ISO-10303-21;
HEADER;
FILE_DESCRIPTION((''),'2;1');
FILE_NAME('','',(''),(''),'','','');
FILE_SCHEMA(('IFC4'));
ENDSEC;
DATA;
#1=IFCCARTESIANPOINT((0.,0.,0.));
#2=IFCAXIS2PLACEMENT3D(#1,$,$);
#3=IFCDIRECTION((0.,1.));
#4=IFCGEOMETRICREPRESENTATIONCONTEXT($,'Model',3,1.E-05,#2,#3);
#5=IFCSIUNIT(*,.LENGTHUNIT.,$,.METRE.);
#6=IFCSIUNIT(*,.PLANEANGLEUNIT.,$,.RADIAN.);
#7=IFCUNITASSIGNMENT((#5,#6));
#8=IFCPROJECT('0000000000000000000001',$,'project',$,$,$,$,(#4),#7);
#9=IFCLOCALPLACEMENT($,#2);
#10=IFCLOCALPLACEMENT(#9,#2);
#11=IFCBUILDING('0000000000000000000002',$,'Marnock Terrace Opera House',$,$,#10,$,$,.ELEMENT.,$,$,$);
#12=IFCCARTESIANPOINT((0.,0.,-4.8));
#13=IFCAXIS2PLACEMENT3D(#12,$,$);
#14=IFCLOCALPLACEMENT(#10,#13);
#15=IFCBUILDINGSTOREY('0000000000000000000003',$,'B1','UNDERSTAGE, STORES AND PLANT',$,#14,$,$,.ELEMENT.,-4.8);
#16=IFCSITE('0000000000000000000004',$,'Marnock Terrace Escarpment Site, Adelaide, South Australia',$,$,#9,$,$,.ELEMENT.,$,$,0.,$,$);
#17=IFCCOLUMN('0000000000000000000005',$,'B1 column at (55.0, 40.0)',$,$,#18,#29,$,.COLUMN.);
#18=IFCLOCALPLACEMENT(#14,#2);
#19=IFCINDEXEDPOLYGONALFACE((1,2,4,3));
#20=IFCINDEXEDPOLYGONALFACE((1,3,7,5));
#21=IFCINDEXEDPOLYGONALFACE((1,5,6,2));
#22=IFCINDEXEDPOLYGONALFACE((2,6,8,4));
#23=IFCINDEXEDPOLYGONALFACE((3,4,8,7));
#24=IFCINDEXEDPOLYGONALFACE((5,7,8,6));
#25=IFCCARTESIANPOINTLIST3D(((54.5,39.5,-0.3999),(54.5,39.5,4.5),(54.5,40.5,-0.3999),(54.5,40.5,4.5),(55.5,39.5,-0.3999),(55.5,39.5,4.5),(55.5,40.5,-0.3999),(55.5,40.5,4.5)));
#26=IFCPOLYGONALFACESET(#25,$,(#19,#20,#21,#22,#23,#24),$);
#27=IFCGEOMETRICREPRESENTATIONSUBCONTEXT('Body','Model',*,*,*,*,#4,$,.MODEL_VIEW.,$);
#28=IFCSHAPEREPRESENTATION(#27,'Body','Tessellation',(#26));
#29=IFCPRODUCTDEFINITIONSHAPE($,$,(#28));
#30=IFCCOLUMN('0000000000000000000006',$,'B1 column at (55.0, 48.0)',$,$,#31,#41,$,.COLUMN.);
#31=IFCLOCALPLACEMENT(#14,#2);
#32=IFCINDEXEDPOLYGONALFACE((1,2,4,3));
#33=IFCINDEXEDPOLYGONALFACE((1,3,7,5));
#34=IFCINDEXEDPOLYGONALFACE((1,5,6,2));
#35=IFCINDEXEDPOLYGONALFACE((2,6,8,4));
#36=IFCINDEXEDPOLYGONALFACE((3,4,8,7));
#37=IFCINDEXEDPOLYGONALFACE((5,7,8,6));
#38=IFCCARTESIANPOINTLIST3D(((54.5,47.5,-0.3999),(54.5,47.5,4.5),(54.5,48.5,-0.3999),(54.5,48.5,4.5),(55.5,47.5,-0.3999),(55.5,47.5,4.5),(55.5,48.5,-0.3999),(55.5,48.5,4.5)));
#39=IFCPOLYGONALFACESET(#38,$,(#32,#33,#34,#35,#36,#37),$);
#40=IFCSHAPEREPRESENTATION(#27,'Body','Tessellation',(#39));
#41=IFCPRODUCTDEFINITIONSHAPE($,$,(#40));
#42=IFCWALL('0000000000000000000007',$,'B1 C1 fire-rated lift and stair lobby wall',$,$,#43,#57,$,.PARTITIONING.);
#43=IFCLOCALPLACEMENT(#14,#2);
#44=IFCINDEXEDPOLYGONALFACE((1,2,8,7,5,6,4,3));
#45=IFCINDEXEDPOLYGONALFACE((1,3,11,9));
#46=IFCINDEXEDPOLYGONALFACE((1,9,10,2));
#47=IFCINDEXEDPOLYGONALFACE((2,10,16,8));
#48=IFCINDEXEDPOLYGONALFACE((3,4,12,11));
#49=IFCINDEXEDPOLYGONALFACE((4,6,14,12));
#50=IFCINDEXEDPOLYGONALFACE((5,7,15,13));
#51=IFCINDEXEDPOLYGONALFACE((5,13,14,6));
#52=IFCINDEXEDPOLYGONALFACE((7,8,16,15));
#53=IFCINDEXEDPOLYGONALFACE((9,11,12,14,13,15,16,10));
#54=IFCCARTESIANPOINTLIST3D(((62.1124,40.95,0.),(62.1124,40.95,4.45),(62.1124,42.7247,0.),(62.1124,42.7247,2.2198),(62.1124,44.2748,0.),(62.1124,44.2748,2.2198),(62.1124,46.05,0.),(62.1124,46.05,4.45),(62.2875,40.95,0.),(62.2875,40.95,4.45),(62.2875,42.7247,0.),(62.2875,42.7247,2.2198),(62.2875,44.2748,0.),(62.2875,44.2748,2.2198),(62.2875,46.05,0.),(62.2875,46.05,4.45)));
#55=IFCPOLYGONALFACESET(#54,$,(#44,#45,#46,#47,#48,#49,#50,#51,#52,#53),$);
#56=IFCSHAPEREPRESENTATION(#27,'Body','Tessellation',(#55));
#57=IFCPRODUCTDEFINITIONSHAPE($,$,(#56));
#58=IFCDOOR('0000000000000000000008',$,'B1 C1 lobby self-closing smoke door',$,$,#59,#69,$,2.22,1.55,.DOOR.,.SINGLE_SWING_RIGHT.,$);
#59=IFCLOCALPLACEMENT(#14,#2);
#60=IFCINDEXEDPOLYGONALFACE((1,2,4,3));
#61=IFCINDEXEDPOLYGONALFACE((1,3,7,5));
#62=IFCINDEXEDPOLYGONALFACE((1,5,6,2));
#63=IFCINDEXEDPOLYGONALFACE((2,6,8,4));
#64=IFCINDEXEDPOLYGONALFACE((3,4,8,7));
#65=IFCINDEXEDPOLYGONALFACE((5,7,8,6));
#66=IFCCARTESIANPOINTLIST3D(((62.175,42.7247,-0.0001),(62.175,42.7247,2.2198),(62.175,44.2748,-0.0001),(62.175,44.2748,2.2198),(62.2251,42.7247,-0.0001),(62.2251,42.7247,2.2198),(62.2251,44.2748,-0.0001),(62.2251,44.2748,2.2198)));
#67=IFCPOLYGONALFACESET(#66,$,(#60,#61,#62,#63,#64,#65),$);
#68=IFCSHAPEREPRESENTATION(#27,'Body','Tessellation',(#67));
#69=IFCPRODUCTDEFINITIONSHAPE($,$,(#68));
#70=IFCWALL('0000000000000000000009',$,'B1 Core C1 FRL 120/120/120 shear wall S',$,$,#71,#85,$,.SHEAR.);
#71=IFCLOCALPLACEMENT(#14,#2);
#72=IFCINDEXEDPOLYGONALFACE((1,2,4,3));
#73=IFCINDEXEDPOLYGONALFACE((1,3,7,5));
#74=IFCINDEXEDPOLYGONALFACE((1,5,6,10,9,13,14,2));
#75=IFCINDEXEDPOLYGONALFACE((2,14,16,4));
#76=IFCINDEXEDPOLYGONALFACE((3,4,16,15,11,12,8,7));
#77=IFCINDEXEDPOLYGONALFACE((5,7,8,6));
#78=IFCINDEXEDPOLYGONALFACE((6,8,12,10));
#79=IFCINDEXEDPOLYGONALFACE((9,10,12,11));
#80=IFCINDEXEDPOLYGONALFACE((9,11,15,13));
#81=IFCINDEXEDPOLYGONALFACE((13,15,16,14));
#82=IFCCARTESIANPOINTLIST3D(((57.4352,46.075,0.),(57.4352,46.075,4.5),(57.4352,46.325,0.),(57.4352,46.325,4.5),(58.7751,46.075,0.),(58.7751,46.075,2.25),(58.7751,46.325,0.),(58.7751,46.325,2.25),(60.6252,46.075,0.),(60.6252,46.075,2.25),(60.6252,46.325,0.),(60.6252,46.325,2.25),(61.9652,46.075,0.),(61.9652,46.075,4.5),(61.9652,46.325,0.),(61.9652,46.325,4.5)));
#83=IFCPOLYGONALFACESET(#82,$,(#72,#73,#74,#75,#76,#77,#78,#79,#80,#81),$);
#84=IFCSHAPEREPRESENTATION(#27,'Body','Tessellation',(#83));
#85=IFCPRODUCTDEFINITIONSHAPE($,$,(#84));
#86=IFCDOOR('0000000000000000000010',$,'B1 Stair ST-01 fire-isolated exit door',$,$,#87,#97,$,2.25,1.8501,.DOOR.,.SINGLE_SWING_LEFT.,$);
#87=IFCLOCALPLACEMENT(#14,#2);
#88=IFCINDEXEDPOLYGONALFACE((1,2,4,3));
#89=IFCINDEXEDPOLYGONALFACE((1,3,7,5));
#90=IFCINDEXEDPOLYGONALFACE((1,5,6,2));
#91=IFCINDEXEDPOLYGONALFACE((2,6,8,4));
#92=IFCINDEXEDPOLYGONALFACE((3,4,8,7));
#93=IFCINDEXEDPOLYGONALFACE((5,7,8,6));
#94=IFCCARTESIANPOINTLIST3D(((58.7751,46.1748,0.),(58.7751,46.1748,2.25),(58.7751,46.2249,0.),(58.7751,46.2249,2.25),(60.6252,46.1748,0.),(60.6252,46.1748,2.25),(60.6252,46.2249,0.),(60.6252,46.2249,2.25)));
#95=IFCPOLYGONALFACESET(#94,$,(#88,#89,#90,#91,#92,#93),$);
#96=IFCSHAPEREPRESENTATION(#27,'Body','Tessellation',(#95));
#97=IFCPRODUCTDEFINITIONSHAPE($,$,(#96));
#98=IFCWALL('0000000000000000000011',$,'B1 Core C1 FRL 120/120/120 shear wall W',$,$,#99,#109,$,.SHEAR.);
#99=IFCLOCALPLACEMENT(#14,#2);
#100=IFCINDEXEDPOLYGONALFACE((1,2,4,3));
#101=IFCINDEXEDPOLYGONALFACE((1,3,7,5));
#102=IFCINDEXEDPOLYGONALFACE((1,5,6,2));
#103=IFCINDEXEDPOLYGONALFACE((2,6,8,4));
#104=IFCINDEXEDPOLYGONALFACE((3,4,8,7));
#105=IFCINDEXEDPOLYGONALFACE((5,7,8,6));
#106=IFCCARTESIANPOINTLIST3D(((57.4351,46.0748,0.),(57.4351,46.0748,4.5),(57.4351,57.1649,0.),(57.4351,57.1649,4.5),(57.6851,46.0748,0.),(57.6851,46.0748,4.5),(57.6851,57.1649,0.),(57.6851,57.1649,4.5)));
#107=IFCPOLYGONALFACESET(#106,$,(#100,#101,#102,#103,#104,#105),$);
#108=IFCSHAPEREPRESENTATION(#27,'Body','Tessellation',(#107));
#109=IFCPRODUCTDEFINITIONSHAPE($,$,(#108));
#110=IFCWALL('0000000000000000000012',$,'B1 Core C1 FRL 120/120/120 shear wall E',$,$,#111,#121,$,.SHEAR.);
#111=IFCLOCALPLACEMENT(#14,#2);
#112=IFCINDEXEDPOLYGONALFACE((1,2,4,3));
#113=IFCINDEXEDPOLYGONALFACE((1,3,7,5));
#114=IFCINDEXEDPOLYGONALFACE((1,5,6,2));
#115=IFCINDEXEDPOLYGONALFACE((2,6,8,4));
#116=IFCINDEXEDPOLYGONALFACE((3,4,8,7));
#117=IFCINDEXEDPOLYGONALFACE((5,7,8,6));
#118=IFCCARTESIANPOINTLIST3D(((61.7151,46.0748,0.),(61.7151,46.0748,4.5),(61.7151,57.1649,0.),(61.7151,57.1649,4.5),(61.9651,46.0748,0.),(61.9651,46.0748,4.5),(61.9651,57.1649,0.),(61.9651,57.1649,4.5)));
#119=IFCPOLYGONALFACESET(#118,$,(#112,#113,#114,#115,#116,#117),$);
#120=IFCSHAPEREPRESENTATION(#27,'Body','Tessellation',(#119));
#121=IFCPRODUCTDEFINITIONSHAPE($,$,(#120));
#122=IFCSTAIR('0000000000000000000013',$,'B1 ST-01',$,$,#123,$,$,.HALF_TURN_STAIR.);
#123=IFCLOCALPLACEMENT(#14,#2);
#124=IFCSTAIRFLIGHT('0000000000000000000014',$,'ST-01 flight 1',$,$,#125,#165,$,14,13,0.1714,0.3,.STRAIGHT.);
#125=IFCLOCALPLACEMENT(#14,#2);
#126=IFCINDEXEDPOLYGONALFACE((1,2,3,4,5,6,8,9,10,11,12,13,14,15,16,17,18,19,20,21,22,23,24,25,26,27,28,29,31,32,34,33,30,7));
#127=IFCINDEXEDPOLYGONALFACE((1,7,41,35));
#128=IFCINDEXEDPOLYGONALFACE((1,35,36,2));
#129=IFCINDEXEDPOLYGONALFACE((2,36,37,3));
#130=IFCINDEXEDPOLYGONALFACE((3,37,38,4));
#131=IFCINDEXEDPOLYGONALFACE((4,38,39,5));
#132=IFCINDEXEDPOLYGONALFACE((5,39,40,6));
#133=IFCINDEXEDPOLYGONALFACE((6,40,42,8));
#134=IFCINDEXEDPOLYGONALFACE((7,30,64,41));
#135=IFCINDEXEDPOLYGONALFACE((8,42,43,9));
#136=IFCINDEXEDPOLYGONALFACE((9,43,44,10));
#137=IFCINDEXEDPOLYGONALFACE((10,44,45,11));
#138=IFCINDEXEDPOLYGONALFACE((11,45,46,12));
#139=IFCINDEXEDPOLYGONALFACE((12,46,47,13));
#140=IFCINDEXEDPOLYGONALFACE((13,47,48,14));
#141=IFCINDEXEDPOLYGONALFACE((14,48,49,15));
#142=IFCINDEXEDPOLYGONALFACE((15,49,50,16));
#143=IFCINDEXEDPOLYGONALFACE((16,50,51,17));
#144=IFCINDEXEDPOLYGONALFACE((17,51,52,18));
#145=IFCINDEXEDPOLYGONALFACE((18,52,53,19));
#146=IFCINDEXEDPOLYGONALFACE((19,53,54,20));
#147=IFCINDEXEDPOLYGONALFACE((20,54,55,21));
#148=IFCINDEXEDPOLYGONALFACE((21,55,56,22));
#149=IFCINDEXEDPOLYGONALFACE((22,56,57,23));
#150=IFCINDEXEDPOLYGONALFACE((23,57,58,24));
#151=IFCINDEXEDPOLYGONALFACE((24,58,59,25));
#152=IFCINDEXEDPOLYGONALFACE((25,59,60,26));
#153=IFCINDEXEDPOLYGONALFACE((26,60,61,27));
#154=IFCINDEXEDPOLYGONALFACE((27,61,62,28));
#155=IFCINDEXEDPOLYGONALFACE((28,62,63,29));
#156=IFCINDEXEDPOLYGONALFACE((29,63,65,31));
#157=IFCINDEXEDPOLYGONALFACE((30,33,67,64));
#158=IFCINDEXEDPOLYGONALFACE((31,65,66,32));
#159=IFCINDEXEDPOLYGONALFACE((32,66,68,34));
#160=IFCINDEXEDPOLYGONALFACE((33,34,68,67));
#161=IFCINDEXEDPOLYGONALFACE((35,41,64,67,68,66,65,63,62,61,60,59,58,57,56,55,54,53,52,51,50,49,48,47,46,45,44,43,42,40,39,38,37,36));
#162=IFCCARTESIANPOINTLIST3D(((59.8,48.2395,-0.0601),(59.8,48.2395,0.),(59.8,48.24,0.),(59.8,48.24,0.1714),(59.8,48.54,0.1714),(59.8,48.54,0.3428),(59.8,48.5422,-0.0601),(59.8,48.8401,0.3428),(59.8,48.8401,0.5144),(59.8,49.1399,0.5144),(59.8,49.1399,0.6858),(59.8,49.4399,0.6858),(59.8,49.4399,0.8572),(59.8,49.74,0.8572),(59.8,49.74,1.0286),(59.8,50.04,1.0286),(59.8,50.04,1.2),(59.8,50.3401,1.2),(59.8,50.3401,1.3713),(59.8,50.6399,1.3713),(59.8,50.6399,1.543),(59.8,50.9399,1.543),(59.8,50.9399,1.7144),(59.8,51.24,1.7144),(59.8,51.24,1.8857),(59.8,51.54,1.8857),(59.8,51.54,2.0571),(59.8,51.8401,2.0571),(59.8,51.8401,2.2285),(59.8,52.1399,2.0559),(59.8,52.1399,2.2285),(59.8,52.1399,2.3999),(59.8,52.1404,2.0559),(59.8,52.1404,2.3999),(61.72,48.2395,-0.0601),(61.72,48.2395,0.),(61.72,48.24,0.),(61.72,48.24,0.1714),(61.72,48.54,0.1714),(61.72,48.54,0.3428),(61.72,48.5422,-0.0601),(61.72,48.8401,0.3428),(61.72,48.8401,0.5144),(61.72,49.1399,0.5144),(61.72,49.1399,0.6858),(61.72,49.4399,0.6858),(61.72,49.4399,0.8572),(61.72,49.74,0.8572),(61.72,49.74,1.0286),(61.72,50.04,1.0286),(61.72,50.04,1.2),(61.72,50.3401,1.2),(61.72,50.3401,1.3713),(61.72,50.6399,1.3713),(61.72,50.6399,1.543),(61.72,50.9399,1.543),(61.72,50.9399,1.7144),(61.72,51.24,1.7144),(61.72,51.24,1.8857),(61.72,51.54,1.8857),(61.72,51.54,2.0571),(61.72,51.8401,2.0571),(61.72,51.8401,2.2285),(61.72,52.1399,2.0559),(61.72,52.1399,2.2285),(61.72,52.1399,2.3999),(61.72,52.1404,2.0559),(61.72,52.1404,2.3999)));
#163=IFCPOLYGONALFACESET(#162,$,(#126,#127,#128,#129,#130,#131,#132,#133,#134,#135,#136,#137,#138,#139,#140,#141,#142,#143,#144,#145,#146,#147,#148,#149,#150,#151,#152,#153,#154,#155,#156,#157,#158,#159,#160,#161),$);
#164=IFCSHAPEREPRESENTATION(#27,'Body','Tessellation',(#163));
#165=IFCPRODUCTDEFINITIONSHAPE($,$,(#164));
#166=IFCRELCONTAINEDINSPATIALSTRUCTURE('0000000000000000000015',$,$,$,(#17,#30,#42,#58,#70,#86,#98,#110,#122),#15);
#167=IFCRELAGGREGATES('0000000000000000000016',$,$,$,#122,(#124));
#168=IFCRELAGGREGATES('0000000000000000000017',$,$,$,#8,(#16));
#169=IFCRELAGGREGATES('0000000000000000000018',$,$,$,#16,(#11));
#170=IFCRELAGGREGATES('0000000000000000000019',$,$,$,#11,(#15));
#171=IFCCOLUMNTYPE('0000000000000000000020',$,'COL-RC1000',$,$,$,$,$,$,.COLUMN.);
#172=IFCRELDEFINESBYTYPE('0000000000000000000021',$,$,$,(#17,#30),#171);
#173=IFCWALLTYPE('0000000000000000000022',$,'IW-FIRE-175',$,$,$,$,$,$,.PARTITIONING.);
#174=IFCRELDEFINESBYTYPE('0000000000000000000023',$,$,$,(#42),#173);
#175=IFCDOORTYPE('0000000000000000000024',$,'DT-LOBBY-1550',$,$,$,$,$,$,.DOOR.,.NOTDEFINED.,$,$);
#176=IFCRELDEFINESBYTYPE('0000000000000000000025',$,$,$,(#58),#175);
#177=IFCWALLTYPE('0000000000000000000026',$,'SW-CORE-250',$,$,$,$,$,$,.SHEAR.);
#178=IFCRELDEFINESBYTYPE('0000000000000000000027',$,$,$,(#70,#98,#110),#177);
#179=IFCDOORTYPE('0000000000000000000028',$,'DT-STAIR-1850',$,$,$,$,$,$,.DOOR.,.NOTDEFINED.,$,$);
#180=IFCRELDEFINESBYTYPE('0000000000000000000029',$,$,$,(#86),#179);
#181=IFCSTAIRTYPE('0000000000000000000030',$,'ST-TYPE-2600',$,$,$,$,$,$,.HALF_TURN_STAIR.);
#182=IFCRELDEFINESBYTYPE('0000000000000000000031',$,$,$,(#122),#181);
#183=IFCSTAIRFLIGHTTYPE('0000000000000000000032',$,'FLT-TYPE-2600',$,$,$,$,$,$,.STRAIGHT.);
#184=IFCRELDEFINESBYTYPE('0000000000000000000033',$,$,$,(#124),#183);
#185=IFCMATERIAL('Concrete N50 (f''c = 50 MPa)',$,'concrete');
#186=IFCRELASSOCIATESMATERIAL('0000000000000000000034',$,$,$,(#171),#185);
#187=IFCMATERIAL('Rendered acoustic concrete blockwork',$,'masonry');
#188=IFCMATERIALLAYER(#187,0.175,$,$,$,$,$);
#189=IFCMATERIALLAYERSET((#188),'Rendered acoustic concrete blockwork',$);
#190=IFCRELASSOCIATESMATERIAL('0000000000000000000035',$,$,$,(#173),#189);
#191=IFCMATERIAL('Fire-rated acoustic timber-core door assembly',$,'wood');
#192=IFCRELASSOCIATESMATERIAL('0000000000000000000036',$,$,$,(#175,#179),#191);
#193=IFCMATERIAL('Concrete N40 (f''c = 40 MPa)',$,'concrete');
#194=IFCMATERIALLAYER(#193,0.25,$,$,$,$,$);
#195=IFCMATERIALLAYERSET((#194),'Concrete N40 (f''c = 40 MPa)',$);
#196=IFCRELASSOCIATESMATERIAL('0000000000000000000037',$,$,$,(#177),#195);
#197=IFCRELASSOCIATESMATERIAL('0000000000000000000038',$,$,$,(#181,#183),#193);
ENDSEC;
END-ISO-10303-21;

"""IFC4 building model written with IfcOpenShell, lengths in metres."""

from ifc_helpers import new_model, si_unit, direction, frame, frame_2d, origin, origin_2d, place, context, subcontext, project, spatial, polyline, rectangle, outline, extrude, material, layer, layer_set, material_profile, profile_set, type_object, element, fill, aggregate, save


model = new_model("IFC4")

# Units and contexts
model_context = context("Model", 3, precision=1e-05, world=origin(), true_north=direction((0.0, 1.0)))
body_context = subcontext(model_context, "Body", "Model", "MODEL_VIEW")
ifc_project = project(units=[si_unit("LENGTHUNIT", "METRE"), si_unit("PLANEANGLEUNIT", "RADIAN")], contexts=[model_context])

# Site, building, storey
site_placement = place(None, origin())
site = spatial("IfcSite", under=ifc_project, at=site_placement, Name="Marnock Terrace Escarpment Site, Adelaide, South Australia", CompositionType="ELEMENT", RefElevation=0.0)
building_placement = place(site_placement, origin())
building = spatial("IfcBuilding", under=site, at=building_placement, Name="Marnock Terrace Opera House", CompositionType="ELEMENT")
storey_placement = place(building_placement, frame((0.0, 0.0, -4.8)))
storey = spatial("IfcBuildingStorey", under=building, at=storey_placement, Name="B1", Description="UNDERSTAGE, STORES AND PLANT", CompositionType="ELEMENT", Elevation=-4.8)

# Shared definitions
ifc_material_1 = material(Name="Concrete N40 (f'c = 40 MPa)", Category="concrete")

# Columns
ifc_material_2 = material(Name="Concrete N50 (f'c = 50 MPa)", Category="concrete")
ifc_material_profile_1 = material_profile(ifc_material_2, rectangle(XDim=1.0, YDim=1.0, at=origin_2d()))
ifc_profile_set_1 = profile_set([ifc_material_profile_1], Name="Concrete N50 (f'c = 50 MPa)")
column_type = type_object("IfcColumnType", Name="COL-RC1000", PredefinedType="COLUMN", material=ifc_profile_set_1)
for number, where, z_axis, x_axis, name in (
    (1, (55.0, 40.0, -0.3999), (0.0, 0.0, 1.0), (1.0, 0.0, 0.0), "B1 column at (55.0, 40.0)"),
    (2, (55.0, 48.0, -0.3999), (0.0, 0.0, 1.0), (1.0, 0.0, 0.0), "B1 column at (55.0, 48.0)"),
):
    element("IfcColumn", number, at=place(storey_placement, frame(where, z_axis=z_axis, x_axis=x_axis)), inside=storey, type_object=column_type, Name=name, PredefinedType="COLUMN", context=body_context, shape_type="SweptSolid", body=[
        extrude(rectangle(XDim=1.0, YDim=1.0, at=origin_2d()), origin(), (0.0, 0.0, 1.0), 4.8999),
    ])

# Walls, openings, doors
ifc_material_3 = material(Name="Rendered acoustic concrete blockwork", Category="masonry")
ifc_layer_1 = layer(ifc_material_3, 0.175)
ifc_layer_set_1 = layer_set([ifc_layer_1], Name="Rendered acoustic concrete blockwork")
wall_type_1 = type_object("IfcWallType", Name="IW-FIRE-175", PredefinedType="PARTITIONING", material=ifc_layer_set_1)
wall_1_placement = place(storey_placement, frame((62.2, 40.95, 0.0), z_axis=(0.0, 0.0, 1.0), x_axis=(0.0, 1.0, 0.0)))
wall_1 = element("IfcWall", 3, at=wall_1_placement, inside=storey, type_object=wall_type_1, Name="B1 C1 fire-rated lift and stair lobby wall", PredefinedType="PARTITIONING", context=body_context, shape_type="SweptSolid", body=[
    extrude(rectangle(XDim=5.1001, YDim=0.175, at=frame_2d((2.55, 0.0))), origin(), (0.0, 0.0, 1.0), 4.45),
])
opening_1_placement = place(wall_1_placement, frame((1.7749, 0.0, 0.0)))
opening_1 = element("IfcOpeningElement", 4, at=opening_1_placement, cuts=wall_1, PredefinedType="OPENING", context=body_context, shape_type="SweptSolid", body=[
    extrude(rectangle(XDim=1.55, YDim=2.22, at=frame_2d((0.7749, 1.1099))), frame((0.0, 0.0974, 0.0), z_axis=(0.0, -1.0, 0.0), x_axis=(1.0, 0.0, 0.0)), (0.0, 0.0, 1.0), 0.1951),
])
ifc_material_4 = material(Name="Fire-rated acoustic timber-core door assembly", Category="wood")
door_type_1 = type_object("IfcDoorType", Name="DT-LOBBY-1550", OperationType="NOTDEFINED", PredefinedType="DOOR", material=ifc_material_4)
door_1_placement = place(opening_1_placement, origin())
door_1 = element("IfcDoor", 5, at=door_1_placement, inside=storey, type_object=door_type_1, Name="B1 C1 lobby self-closing smoke door", OperationType="SINGLE_SWING_RIGHT", OverallHeight=2.22, OverallWidth=1.55, PredefinedType="DOOR", context=body_context, shape_type="SweptSolid", body=[
    extrude(rectangle(XDim=1.55, YDim=2.22, at=frame_2d((0.7749, 1.1099))), frame((0.0, 0.0249, 0.0), z_axis=(0.0, -1.0, 0.0), x_axis=(1.0, 0.0, 0.0)), (0.0, 0.0, 1.0), 0.05),
])
fill(opening_1, door_1)
ifc_layer_2 = layer(ifc_material_1, 0.25)
ifc_layer_set_2 = layer_set([ifc_layer_2], Name="Concrete N40 (f'c = 40 MPa)")
wall_type_2 = type_object("IfcWallType", Name="SW-CORE-250", PredefinedType="SHEAR", material=ifc_layer_set_2)
wall_2_placement = place(storey_placement, frame((57.4351, 46.2, 0.0), z_axis=(0.0, 0.0, 1.0), x_axis=(1.0, 0.0, 0.0)))
wall_2 = element("IfcWall", 6, at=wall_2_placement, inside=storey, type_object=wall_type_2, Name="B1 Core C1 FRL 120/120/120 shear wall S", PredefinedType="SHEAR", context=body_context, shape_type="SweptSolid", body=[
    extrude(rectangle(XDim=4.53, YDim=0.25, at=frame_2d((2.2651, 0.0))), origin(), (0.0, 0.0, 1.0), 4.5),
])
opening_2_placement = place(wall_2_placement, frame((1.3401, 0.0, 0.0)))
opening_2 = element("IfcOpeningElement", 7, at=opening_2_placement, cuts=wall_2, PredefinedType="OPENING", context=body_context, shape_type="SweptSolid", body=[
    extrude(rectangle(XDim=1.8501, YDim=2.25, at=frame_2d((0.925, 1.125))), frame((0.0, 0.135, 0.0), z_axis=(0.0, -1.0, 0.0), x_axis=(1.0, 0.0, 0.0)), (0.0, 0.0, 1.0), 0.27),
])
door_type_2 = type_object("IfcDoorType", Name="DT-STAIR-1850", OperationType="NOTDEFINED", PredefinedType="DOOR", material=ifc_material_4)
door_2_placement = place(opening_2_placement, origin())
door_2 = element("IfcDoor", 8, at=door_2_placement, inside=storey, type_object=door_type_2, Name="B1 Stair ST-01 fire-isolated exit door", OperationType="SINGLE_SWING_LEFT", OverallHeight=2.25, OverallWidth=1.8501, PredefinedType="DOOR", context=body_context, shape_type="SweptSolid", body=[
    extrude(rectangle(XDim=1.8501, YDim=2.25, at=frame_2d((0.925, 1.125))), frame((0.0, 0.0249, 0.0), z_axis=(0.0, -1.0, 0.0), x_axis=(1.0, 0.0, 0.0)), (0.0, 0.0, 1.0), 0.05),
])
fill(opening_2, door_2)

# Walls
for number, where, z_axis, x_axis, name in (
    (9, (57.5601, 46.075, 0.0), (0.0, 0.0, 1.0), (0.0, 1.0, 0.0), "B1 Core C1 FRL 120/120/120 shear wall W"),
    (10, (61.8401, 46.075, 0.0), (0.0, 0.0, 1.0), (0.0, 1.0, 0.0), "B1 Core C1 FRL 120/120/120 shear wall E"),
):
    element("IfcWall", number, at=place(storey_placement, frame(where, z_axis=z_axis, x_axis=x_axis)), inside=storey, type_object=wall_type_2, Name=name, PredefinedType="SHEAR", context=body_context, shape_type="SweptSolid", body=[
        extrude(rectangle(XDim=11.0901, YDim=0.25, at=frame_2d((5.5449, 0.0))), origin(), (0.0, 0.0, 1.0), 4.5),
    ])

# Stair, stair flight
stair_type = type_object("IfcStairType", Name="ST-TYPE-2600", PredefinedType="HALF_TURN_STAIR", material=ifc_material_1)
stair_placement = place(storey_placement, origin())
stair = element("IfcStair", 11, at=stair_placement, inside=storey, type_object=stair_type, Name="B1 ST-01", PredefinedType="HALF_TURN_STAIR")
stair_flight_type = type_object("IfcStairFlightType", Name="FLT-TYPE-2600", PredefinedType="STRAIGHT", material=ifc_material_1)
stair_flight_1_placement = place(storey_placement, frame((60.76, 48.24, 0.0), z_axis=(0.0, 0.0, 1.0), x_axis=(0.0, 1.0, 0.0)))
stair_flight_1 = element("IfcStairFlight", 12, at=stair_flight_1_placement, type_object=stair_flight_type, Name="ST-01 flight 1", NumberOfRisers=14, NumberOfTreads=13, PredefinedType="STRAIGHT", RiserHeight=0.1714, TreadLength=0.3, context=body_context, shape_type="SweptSolid", body=[
    extrude(outline(polyline([(-0.0005, -0.0601), (-0.0005, 0.0), (0.0, 0.0), (0.0, 0.1714), (0.3, 0.1714), (0.3, 0.3428), (0.6001, 0.3428), (0.6001, 0.5144), (0.8999, 0.5144), (0.8999, 0.6858), (1.2, 0.6858), (1.2, 0.8572), (1.5, 0.8572), (1.5, 1.0286), (1.8, 1.0286), (1.8, 1.2), (2.1001, 1.2), (2.1001, 1.3713), (2.3999, 1.3713), (2.3999, 1.543), (2.7, 1.543), (2.7, 1.7144), (3.0, 1.7144), (3.0, 1.8857), (3.3, 1.8857), (3.3, 2.0571), (3.6001, 2.0571), (3.6001, 2.2285), (3.8999, 2.2285), (3.8999, 2.3999), (3.9004, 2.3999), (3.9004, 2.0559), (3.8999, 2.0559), (0.3022, -0.0601), (-0.0005, -0.0601)])), frame((0.0, 0.96, 0.0), z_axis=(0.0, -1.0, 0.0), x_axis=(1.0, 0.0, 0.0)), (0.0, 0.0, 1.0), 1.9199),
])
aggregate(stair, [stair_flight_1])

save(model, "model.ifc")
